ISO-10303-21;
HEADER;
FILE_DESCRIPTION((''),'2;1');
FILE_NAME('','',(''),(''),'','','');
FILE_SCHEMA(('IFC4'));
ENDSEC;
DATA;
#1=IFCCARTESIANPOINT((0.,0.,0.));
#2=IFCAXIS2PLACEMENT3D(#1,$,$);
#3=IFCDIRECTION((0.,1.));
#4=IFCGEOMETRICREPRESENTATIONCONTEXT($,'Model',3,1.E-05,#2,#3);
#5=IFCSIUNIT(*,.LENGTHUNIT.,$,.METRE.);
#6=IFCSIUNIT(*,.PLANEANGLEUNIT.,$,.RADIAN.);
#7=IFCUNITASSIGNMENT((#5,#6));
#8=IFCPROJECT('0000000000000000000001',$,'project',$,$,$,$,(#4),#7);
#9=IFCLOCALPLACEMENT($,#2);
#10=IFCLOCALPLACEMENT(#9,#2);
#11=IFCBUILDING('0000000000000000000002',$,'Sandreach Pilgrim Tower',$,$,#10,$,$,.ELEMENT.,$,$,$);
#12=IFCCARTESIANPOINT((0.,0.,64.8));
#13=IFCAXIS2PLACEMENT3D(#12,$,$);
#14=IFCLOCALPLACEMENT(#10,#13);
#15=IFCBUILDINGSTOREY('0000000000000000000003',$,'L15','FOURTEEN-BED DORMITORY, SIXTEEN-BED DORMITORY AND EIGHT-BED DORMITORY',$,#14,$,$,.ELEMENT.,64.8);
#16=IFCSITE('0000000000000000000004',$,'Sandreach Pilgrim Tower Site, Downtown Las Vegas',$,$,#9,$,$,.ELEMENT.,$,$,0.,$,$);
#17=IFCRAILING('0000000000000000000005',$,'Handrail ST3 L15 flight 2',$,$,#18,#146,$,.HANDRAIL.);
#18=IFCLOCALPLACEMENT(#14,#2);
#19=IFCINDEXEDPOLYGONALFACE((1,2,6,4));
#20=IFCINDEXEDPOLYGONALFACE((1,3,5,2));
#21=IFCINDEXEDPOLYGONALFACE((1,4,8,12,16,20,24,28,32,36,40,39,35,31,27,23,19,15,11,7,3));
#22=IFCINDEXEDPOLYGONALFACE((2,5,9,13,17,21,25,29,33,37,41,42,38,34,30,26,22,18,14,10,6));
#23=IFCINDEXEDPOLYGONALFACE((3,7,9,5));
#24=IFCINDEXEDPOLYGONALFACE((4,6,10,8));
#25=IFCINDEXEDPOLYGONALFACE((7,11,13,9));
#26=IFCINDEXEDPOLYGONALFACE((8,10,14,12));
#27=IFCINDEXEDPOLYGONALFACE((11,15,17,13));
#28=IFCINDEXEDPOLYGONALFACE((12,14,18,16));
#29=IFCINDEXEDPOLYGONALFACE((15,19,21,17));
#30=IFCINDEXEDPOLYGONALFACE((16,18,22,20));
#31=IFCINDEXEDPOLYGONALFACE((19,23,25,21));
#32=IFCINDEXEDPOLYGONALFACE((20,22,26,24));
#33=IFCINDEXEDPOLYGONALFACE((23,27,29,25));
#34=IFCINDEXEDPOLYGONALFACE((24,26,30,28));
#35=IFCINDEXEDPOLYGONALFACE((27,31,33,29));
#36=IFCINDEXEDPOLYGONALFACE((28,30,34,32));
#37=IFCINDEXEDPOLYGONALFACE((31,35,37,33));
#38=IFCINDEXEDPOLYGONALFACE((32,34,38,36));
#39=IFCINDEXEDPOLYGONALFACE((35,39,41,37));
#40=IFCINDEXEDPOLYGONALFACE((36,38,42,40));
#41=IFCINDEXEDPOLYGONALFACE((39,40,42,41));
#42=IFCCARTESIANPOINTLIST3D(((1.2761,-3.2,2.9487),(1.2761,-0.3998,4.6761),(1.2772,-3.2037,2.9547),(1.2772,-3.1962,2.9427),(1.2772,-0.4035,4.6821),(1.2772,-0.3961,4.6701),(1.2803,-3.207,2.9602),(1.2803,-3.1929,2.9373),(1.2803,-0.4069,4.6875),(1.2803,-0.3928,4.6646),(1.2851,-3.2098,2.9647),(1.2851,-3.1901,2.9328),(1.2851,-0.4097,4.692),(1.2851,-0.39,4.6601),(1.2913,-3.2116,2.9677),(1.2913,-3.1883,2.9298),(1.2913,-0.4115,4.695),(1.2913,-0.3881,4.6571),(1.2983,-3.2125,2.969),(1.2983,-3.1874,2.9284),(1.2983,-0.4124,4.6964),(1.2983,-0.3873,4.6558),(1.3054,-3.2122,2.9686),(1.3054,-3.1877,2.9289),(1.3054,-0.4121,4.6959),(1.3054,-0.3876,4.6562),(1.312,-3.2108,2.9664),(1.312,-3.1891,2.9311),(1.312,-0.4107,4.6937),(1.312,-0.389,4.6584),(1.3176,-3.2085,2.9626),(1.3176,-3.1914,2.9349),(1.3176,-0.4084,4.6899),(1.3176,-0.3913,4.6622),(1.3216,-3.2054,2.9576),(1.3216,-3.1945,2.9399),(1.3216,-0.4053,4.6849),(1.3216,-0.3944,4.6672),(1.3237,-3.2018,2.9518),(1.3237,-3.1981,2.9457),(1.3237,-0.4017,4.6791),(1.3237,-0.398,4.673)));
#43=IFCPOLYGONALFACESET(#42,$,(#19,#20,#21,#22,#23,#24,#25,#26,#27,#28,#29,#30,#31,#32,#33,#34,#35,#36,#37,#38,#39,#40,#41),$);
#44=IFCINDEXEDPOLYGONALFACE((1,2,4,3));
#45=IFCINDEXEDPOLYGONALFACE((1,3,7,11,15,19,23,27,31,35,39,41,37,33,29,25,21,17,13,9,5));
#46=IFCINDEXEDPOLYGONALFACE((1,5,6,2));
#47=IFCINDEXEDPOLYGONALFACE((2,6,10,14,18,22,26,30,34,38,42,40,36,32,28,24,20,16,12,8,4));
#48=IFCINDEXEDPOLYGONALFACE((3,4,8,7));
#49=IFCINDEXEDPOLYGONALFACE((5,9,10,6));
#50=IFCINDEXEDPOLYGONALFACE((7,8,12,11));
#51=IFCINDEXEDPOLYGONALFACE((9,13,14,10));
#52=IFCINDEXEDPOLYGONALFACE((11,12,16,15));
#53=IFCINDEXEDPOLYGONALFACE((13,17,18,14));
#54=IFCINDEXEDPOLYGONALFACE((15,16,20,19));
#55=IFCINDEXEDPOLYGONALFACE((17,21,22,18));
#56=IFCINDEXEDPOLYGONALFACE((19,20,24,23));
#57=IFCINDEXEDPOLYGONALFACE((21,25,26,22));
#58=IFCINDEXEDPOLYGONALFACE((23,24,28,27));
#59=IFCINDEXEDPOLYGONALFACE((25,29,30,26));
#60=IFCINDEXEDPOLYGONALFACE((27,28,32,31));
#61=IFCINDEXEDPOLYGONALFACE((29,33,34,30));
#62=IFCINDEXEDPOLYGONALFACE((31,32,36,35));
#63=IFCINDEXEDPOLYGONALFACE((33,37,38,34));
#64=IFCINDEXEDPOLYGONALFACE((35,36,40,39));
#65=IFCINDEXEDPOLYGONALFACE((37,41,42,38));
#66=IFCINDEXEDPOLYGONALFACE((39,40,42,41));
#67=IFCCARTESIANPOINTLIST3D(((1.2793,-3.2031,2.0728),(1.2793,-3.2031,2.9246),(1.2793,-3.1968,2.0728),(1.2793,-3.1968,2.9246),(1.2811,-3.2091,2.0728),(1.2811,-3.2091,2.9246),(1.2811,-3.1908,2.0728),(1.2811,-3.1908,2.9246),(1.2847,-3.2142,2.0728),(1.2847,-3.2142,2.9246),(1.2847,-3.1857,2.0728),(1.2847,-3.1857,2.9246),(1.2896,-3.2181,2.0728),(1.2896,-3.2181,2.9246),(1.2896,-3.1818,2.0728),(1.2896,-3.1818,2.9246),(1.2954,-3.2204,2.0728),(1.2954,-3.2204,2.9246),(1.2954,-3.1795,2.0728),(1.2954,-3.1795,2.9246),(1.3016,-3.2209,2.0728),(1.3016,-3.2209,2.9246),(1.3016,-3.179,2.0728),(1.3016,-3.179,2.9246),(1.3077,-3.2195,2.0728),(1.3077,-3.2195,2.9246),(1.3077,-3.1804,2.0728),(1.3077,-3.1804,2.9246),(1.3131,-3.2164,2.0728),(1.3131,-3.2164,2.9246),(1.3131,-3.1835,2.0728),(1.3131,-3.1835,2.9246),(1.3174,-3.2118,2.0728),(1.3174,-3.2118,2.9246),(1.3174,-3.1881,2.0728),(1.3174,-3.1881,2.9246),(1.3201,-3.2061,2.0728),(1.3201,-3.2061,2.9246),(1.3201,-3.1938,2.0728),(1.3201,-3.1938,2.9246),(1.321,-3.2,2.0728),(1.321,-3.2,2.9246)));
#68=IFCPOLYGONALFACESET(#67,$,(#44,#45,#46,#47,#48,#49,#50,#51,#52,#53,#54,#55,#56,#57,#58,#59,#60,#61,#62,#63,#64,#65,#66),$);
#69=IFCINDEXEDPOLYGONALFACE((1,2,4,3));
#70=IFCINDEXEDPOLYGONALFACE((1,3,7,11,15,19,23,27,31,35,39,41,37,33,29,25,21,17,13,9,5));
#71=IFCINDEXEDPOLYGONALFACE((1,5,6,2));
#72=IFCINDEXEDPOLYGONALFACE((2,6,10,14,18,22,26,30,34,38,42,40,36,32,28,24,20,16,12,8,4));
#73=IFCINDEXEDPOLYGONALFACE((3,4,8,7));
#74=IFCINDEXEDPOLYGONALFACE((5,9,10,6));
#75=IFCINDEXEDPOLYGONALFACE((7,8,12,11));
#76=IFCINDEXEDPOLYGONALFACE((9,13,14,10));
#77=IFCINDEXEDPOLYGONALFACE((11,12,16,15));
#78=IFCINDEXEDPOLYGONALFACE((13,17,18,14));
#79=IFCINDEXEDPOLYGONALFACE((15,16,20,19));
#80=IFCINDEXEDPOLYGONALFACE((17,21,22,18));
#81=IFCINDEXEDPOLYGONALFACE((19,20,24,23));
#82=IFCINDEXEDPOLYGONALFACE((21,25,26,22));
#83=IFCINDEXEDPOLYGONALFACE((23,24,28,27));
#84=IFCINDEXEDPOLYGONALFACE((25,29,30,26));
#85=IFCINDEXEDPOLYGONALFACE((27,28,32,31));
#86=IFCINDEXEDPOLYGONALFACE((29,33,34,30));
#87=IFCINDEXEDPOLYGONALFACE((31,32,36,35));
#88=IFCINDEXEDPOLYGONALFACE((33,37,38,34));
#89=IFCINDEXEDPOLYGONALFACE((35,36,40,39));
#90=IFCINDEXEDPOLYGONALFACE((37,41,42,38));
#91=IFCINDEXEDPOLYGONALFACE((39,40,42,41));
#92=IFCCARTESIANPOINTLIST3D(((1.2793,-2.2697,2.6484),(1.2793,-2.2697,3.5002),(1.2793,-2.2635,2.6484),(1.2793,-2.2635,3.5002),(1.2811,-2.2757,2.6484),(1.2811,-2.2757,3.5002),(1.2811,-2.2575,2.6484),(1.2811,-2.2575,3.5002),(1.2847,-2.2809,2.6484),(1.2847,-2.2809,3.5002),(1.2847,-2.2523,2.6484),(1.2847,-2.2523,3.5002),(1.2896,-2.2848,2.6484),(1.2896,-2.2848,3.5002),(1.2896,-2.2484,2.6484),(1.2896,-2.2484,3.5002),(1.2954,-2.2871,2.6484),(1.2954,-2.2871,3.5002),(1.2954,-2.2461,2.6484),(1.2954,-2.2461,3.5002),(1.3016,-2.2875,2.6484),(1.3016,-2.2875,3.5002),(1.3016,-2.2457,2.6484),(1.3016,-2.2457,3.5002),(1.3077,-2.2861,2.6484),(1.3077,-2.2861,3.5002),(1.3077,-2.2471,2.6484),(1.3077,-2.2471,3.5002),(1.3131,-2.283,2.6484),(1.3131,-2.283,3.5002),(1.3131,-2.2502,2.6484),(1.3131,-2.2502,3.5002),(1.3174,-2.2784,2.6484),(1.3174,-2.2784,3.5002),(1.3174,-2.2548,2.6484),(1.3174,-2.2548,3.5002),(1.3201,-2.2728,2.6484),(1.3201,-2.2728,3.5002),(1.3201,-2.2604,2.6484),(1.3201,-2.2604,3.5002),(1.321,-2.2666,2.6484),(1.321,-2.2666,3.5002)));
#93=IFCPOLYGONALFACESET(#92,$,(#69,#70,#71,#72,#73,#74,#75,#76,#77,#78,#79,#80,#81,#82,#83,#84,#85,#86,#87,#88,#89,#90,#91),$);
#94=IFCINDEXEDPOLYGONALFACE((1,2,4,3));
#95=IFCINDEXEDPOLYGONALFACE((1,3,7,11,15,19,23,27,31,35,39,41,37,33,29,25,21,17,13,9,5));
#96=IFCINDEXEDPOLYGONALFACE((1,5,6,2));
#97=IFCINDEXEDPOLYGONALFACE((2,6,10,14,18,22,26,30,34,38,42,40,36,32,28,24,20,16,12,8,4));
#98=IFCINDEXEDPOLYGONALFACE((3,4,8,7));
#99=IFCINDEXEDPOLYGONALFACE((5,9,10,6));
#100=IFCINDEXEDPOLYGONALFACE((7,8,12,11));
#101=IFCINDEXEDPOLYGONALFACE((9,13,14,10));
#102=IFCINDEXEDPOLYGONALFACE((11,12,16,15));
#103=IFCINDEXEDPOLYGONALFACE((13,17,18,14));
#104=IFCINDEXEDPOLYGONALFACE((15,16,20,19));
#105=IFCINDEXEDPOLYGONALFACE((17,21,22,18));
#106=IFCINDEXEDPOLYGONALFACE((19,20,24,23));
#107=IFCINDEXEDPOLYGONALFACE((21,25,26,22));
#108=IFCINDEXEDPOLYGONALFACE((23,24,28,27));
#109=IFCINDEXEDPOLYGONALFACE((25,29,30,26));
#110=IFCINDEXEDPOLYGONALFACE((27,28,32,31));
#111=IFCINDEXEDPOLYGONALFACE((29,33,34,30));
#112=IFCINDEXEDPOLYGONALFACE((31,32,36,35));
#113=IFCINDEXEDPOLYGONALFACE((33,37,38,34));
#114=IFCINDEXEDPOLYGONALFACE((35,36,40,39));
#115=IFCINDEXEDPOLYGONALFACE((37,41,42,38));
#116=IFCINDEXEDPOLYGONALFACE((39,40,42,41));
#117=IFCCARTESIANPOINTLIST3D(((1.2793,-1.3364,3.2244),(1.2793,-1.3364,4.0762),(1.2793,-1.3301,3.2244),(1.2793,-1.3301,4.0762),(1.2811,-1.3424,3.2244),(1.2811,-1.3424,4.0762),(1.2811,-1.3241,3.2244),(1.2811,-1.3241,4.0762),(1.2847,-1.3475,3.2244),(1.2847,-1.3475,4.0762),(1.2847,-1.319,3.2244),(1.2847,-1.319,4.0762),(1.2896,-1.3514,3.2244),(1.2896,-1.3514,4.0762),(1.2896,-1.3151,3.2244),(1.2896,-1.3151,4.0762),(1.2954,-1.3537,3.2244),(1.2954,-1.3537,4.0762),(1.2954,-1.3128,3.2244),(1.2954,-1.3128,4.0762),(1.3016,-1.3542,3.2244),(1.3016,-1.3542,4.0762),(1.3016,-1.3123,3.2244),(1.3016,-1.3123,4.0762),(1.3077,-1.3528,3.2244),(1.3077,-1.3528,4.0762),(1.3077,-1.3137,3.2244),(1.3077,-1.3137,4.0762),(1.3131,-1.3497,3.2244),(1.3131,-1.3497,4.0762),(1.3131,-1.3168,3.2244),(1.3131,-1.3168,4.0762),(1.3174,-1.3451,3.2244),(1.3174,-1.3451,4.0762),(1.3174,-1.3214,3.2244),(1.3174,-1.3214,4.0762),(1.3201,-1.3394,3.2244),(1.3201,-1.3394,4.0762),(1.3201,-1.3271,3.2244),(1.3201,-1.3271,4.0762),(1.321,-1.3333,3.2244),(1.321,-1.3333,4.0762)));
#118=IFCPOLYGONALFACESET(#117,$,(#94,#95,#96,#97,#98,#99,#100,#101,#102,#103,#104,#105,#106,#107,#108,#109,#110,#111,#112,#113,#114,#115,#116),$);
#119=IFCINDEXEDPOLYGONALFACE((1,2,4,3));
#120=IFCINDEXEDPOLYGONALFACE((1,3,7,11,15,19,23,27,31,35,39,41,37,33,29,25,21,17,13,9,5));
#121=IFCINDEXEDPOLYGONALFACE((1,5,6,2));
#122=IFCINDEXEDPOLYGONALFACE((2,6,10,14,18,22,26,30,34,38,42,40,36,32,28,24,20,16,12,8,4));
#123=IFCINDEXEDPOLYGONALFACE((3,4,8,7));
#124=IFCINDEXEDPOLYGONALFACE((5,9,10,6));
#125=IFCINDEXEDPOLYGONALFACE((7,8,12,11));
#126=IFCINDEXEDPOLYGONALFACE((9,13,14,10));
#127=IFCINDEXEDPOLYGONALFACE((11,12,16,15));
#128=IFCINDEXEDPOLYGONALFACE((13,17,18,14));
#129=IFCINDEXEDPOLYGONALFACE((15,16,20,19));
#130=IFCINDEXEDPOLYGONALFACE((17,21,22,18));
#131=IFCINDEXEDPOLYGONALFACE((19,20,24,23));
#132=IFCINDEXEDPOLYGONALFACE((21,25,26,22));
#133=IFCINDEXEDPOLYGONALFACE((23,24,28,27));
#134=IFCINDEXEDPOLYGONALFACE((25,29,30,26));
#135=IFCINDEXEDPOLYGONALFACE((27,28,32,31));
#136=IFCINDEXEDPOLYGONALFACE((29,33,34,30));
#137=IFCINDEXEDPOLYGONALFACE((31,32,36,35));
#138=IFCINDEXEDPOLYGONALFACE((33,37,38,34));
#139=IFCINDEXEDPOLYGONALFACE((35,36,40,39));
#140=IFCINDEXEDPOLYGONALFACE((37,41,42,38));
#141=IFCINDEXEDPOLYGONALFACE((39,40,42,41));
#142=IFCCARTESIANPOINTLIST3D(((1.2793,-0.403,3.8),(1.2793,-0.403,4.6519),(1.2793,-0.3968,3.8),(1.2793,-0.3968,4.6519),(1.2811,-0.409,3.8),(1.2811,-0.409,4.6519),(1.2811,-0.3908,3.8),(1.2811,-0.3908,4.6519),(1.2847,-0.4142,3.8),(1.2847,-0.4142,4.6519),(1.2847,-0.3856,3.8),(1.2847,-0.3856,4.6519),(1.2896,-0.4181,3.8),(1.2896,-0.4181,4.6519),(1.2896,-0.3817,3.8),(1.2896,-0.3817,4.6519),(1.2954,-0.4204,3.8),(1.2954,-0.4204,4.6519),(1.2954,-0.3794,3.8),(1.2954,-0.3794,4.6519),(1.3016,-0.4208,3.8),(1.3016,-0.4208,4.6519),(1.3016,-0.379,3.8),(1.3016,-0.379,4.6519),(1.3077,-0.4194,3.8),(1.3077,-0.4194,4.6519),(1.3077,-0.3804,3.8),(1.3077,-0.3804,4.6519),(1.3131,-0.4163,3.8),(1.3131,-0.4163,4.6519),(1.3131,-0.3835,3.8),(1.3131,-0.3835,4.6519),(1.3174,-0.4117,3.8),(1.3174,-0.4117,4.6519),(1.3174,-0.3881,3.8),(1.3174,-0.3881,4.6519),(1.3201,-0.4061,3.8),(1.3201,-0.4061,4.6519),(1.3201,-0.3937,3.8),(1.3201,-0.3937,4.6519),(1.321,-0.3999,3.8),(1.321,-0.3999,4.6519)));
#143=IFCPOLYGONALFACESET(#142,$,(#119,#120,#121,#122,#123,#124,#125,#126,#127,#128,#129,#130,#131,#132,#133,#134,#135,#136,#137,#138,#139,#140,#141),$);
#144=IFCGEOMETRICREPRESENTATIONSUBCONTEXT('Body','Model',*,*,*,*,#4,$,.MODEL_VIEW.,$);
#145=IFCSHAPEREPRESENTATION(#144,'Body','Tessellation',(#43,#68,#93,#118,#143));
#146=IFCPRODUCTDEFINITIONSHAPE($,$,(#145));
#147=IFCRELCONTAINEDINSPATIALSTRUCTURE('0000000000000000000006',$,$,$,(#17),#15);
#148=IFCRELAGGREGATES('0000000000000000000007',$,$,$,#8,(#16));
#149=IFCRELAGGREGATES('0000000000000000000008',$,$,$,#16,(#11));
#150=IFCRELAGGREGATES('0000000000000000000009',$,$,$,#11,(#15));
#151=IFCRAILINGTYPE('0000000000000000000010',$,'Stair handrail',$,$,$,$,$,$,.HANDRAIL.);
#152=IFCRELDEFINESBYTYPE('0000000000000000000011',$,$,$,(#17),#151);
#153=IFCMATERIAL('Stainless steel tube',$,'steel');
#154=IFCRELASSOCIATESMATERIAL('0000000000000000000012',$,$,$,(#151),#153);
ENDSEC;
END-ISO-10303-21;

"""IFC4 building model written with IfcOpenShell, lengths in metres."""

from ifc_helpers import new_model, si_unit, direction, frame, origin, origin_2d, place, context, subcontext, project, spatial, circle, extrude, material, type_object, element, save


model = new_model("IFC4")

# Units and contexts
model_context = context("Model", 3, precision=1e-05, world=origin(), true_north=direction((0.0, 1.0)))
body_context = subcontext(model_context, "Body", "Model", "MODEL_VIEW")
ifc_project = project(units=[si_unit("LENGTHUNIT", "METRE"), si_unit("PLANEANGLEUNIT", "RADIAN")], contexts=[model_context])

# Site, building, storey
site_placement = place(None, origin())
site = spatial("IfcSite", under=ifc_project, at=site_placement, Name="Sandreach Pilgrim Tower Site, Downtown Las Vegas", CompositionType="ELEMENT", RefElevation=0.0)
building_placement = place(site_placement, origin())
building = spatial("IfcBuilding", under=site, at=building_placement, Name="Sandreach Pilgrim Tower", CompositionType="ELEMENT")
storey_placement = place(building_placement, frame((0.0, 0.0, 64.8)))
storey = spatial("IfcBuildingStorey", under=building, at=storey_placement, Name="L15", Description="FOURTEEN-BED DORMITORY, SIXTEEN-BED DORMITORY AND EIGHT-BED DORMITORY", CompositionType="ELEMENT", Elevation=64.8)

# Railing
ifc_material_1 = material(Name="Stainless steel tube", Category="steel")
railing_type = type_object("IfcRailingType", Name="Stair handrail", PredefinedType="HANDRAIL", material=ifc_material_1)
for number, where, name in (
    (1, (1.3, -3.2, 2.0728), "Handrail ST3 L15 flight 2"),
):
    element("IfcRailing", number, at=place(storey_placement, frame(where)), inside=storey, type_object=railing_type, Name=name, PredefinedType="HANDRAIL", context=body_context, shape_type="SweptSolid", body=[
        extrude(circle(Radius=0.0239, at=origin_2d()), frame((0.0, 0.0, 0.876), z_axis=(0.0, 0.85109, 0.52502), x_axis=(-1.0, 0.0, 0.0)), (0.0, 0.0, 1.0), 3.29),
        extrude(circle(Radius=0.021, at=origin_2d()), origin(), (0.0, 0.0, 1.0), 0.8518),
        extrude(circle(Radius=0.021, at=origin_2d()), frame((0.0, 0.9333, 0.5757)), (0.0, 0.0, 1.0), 0.8518),
        extrude(circle(Radius=0.021, at=origin_2d()), frame((0.0, 1.8667, 1.1516)), (0.0, 0.0, 1.0), 0.8518),
        extrude(circle(Radius=0.021, at=origin_2d()), frame((0.0, 2.8, 1.7273)), (0.0, 0.0, 1.0), 0.8518),
    ])

save(model, "model.ifc")
